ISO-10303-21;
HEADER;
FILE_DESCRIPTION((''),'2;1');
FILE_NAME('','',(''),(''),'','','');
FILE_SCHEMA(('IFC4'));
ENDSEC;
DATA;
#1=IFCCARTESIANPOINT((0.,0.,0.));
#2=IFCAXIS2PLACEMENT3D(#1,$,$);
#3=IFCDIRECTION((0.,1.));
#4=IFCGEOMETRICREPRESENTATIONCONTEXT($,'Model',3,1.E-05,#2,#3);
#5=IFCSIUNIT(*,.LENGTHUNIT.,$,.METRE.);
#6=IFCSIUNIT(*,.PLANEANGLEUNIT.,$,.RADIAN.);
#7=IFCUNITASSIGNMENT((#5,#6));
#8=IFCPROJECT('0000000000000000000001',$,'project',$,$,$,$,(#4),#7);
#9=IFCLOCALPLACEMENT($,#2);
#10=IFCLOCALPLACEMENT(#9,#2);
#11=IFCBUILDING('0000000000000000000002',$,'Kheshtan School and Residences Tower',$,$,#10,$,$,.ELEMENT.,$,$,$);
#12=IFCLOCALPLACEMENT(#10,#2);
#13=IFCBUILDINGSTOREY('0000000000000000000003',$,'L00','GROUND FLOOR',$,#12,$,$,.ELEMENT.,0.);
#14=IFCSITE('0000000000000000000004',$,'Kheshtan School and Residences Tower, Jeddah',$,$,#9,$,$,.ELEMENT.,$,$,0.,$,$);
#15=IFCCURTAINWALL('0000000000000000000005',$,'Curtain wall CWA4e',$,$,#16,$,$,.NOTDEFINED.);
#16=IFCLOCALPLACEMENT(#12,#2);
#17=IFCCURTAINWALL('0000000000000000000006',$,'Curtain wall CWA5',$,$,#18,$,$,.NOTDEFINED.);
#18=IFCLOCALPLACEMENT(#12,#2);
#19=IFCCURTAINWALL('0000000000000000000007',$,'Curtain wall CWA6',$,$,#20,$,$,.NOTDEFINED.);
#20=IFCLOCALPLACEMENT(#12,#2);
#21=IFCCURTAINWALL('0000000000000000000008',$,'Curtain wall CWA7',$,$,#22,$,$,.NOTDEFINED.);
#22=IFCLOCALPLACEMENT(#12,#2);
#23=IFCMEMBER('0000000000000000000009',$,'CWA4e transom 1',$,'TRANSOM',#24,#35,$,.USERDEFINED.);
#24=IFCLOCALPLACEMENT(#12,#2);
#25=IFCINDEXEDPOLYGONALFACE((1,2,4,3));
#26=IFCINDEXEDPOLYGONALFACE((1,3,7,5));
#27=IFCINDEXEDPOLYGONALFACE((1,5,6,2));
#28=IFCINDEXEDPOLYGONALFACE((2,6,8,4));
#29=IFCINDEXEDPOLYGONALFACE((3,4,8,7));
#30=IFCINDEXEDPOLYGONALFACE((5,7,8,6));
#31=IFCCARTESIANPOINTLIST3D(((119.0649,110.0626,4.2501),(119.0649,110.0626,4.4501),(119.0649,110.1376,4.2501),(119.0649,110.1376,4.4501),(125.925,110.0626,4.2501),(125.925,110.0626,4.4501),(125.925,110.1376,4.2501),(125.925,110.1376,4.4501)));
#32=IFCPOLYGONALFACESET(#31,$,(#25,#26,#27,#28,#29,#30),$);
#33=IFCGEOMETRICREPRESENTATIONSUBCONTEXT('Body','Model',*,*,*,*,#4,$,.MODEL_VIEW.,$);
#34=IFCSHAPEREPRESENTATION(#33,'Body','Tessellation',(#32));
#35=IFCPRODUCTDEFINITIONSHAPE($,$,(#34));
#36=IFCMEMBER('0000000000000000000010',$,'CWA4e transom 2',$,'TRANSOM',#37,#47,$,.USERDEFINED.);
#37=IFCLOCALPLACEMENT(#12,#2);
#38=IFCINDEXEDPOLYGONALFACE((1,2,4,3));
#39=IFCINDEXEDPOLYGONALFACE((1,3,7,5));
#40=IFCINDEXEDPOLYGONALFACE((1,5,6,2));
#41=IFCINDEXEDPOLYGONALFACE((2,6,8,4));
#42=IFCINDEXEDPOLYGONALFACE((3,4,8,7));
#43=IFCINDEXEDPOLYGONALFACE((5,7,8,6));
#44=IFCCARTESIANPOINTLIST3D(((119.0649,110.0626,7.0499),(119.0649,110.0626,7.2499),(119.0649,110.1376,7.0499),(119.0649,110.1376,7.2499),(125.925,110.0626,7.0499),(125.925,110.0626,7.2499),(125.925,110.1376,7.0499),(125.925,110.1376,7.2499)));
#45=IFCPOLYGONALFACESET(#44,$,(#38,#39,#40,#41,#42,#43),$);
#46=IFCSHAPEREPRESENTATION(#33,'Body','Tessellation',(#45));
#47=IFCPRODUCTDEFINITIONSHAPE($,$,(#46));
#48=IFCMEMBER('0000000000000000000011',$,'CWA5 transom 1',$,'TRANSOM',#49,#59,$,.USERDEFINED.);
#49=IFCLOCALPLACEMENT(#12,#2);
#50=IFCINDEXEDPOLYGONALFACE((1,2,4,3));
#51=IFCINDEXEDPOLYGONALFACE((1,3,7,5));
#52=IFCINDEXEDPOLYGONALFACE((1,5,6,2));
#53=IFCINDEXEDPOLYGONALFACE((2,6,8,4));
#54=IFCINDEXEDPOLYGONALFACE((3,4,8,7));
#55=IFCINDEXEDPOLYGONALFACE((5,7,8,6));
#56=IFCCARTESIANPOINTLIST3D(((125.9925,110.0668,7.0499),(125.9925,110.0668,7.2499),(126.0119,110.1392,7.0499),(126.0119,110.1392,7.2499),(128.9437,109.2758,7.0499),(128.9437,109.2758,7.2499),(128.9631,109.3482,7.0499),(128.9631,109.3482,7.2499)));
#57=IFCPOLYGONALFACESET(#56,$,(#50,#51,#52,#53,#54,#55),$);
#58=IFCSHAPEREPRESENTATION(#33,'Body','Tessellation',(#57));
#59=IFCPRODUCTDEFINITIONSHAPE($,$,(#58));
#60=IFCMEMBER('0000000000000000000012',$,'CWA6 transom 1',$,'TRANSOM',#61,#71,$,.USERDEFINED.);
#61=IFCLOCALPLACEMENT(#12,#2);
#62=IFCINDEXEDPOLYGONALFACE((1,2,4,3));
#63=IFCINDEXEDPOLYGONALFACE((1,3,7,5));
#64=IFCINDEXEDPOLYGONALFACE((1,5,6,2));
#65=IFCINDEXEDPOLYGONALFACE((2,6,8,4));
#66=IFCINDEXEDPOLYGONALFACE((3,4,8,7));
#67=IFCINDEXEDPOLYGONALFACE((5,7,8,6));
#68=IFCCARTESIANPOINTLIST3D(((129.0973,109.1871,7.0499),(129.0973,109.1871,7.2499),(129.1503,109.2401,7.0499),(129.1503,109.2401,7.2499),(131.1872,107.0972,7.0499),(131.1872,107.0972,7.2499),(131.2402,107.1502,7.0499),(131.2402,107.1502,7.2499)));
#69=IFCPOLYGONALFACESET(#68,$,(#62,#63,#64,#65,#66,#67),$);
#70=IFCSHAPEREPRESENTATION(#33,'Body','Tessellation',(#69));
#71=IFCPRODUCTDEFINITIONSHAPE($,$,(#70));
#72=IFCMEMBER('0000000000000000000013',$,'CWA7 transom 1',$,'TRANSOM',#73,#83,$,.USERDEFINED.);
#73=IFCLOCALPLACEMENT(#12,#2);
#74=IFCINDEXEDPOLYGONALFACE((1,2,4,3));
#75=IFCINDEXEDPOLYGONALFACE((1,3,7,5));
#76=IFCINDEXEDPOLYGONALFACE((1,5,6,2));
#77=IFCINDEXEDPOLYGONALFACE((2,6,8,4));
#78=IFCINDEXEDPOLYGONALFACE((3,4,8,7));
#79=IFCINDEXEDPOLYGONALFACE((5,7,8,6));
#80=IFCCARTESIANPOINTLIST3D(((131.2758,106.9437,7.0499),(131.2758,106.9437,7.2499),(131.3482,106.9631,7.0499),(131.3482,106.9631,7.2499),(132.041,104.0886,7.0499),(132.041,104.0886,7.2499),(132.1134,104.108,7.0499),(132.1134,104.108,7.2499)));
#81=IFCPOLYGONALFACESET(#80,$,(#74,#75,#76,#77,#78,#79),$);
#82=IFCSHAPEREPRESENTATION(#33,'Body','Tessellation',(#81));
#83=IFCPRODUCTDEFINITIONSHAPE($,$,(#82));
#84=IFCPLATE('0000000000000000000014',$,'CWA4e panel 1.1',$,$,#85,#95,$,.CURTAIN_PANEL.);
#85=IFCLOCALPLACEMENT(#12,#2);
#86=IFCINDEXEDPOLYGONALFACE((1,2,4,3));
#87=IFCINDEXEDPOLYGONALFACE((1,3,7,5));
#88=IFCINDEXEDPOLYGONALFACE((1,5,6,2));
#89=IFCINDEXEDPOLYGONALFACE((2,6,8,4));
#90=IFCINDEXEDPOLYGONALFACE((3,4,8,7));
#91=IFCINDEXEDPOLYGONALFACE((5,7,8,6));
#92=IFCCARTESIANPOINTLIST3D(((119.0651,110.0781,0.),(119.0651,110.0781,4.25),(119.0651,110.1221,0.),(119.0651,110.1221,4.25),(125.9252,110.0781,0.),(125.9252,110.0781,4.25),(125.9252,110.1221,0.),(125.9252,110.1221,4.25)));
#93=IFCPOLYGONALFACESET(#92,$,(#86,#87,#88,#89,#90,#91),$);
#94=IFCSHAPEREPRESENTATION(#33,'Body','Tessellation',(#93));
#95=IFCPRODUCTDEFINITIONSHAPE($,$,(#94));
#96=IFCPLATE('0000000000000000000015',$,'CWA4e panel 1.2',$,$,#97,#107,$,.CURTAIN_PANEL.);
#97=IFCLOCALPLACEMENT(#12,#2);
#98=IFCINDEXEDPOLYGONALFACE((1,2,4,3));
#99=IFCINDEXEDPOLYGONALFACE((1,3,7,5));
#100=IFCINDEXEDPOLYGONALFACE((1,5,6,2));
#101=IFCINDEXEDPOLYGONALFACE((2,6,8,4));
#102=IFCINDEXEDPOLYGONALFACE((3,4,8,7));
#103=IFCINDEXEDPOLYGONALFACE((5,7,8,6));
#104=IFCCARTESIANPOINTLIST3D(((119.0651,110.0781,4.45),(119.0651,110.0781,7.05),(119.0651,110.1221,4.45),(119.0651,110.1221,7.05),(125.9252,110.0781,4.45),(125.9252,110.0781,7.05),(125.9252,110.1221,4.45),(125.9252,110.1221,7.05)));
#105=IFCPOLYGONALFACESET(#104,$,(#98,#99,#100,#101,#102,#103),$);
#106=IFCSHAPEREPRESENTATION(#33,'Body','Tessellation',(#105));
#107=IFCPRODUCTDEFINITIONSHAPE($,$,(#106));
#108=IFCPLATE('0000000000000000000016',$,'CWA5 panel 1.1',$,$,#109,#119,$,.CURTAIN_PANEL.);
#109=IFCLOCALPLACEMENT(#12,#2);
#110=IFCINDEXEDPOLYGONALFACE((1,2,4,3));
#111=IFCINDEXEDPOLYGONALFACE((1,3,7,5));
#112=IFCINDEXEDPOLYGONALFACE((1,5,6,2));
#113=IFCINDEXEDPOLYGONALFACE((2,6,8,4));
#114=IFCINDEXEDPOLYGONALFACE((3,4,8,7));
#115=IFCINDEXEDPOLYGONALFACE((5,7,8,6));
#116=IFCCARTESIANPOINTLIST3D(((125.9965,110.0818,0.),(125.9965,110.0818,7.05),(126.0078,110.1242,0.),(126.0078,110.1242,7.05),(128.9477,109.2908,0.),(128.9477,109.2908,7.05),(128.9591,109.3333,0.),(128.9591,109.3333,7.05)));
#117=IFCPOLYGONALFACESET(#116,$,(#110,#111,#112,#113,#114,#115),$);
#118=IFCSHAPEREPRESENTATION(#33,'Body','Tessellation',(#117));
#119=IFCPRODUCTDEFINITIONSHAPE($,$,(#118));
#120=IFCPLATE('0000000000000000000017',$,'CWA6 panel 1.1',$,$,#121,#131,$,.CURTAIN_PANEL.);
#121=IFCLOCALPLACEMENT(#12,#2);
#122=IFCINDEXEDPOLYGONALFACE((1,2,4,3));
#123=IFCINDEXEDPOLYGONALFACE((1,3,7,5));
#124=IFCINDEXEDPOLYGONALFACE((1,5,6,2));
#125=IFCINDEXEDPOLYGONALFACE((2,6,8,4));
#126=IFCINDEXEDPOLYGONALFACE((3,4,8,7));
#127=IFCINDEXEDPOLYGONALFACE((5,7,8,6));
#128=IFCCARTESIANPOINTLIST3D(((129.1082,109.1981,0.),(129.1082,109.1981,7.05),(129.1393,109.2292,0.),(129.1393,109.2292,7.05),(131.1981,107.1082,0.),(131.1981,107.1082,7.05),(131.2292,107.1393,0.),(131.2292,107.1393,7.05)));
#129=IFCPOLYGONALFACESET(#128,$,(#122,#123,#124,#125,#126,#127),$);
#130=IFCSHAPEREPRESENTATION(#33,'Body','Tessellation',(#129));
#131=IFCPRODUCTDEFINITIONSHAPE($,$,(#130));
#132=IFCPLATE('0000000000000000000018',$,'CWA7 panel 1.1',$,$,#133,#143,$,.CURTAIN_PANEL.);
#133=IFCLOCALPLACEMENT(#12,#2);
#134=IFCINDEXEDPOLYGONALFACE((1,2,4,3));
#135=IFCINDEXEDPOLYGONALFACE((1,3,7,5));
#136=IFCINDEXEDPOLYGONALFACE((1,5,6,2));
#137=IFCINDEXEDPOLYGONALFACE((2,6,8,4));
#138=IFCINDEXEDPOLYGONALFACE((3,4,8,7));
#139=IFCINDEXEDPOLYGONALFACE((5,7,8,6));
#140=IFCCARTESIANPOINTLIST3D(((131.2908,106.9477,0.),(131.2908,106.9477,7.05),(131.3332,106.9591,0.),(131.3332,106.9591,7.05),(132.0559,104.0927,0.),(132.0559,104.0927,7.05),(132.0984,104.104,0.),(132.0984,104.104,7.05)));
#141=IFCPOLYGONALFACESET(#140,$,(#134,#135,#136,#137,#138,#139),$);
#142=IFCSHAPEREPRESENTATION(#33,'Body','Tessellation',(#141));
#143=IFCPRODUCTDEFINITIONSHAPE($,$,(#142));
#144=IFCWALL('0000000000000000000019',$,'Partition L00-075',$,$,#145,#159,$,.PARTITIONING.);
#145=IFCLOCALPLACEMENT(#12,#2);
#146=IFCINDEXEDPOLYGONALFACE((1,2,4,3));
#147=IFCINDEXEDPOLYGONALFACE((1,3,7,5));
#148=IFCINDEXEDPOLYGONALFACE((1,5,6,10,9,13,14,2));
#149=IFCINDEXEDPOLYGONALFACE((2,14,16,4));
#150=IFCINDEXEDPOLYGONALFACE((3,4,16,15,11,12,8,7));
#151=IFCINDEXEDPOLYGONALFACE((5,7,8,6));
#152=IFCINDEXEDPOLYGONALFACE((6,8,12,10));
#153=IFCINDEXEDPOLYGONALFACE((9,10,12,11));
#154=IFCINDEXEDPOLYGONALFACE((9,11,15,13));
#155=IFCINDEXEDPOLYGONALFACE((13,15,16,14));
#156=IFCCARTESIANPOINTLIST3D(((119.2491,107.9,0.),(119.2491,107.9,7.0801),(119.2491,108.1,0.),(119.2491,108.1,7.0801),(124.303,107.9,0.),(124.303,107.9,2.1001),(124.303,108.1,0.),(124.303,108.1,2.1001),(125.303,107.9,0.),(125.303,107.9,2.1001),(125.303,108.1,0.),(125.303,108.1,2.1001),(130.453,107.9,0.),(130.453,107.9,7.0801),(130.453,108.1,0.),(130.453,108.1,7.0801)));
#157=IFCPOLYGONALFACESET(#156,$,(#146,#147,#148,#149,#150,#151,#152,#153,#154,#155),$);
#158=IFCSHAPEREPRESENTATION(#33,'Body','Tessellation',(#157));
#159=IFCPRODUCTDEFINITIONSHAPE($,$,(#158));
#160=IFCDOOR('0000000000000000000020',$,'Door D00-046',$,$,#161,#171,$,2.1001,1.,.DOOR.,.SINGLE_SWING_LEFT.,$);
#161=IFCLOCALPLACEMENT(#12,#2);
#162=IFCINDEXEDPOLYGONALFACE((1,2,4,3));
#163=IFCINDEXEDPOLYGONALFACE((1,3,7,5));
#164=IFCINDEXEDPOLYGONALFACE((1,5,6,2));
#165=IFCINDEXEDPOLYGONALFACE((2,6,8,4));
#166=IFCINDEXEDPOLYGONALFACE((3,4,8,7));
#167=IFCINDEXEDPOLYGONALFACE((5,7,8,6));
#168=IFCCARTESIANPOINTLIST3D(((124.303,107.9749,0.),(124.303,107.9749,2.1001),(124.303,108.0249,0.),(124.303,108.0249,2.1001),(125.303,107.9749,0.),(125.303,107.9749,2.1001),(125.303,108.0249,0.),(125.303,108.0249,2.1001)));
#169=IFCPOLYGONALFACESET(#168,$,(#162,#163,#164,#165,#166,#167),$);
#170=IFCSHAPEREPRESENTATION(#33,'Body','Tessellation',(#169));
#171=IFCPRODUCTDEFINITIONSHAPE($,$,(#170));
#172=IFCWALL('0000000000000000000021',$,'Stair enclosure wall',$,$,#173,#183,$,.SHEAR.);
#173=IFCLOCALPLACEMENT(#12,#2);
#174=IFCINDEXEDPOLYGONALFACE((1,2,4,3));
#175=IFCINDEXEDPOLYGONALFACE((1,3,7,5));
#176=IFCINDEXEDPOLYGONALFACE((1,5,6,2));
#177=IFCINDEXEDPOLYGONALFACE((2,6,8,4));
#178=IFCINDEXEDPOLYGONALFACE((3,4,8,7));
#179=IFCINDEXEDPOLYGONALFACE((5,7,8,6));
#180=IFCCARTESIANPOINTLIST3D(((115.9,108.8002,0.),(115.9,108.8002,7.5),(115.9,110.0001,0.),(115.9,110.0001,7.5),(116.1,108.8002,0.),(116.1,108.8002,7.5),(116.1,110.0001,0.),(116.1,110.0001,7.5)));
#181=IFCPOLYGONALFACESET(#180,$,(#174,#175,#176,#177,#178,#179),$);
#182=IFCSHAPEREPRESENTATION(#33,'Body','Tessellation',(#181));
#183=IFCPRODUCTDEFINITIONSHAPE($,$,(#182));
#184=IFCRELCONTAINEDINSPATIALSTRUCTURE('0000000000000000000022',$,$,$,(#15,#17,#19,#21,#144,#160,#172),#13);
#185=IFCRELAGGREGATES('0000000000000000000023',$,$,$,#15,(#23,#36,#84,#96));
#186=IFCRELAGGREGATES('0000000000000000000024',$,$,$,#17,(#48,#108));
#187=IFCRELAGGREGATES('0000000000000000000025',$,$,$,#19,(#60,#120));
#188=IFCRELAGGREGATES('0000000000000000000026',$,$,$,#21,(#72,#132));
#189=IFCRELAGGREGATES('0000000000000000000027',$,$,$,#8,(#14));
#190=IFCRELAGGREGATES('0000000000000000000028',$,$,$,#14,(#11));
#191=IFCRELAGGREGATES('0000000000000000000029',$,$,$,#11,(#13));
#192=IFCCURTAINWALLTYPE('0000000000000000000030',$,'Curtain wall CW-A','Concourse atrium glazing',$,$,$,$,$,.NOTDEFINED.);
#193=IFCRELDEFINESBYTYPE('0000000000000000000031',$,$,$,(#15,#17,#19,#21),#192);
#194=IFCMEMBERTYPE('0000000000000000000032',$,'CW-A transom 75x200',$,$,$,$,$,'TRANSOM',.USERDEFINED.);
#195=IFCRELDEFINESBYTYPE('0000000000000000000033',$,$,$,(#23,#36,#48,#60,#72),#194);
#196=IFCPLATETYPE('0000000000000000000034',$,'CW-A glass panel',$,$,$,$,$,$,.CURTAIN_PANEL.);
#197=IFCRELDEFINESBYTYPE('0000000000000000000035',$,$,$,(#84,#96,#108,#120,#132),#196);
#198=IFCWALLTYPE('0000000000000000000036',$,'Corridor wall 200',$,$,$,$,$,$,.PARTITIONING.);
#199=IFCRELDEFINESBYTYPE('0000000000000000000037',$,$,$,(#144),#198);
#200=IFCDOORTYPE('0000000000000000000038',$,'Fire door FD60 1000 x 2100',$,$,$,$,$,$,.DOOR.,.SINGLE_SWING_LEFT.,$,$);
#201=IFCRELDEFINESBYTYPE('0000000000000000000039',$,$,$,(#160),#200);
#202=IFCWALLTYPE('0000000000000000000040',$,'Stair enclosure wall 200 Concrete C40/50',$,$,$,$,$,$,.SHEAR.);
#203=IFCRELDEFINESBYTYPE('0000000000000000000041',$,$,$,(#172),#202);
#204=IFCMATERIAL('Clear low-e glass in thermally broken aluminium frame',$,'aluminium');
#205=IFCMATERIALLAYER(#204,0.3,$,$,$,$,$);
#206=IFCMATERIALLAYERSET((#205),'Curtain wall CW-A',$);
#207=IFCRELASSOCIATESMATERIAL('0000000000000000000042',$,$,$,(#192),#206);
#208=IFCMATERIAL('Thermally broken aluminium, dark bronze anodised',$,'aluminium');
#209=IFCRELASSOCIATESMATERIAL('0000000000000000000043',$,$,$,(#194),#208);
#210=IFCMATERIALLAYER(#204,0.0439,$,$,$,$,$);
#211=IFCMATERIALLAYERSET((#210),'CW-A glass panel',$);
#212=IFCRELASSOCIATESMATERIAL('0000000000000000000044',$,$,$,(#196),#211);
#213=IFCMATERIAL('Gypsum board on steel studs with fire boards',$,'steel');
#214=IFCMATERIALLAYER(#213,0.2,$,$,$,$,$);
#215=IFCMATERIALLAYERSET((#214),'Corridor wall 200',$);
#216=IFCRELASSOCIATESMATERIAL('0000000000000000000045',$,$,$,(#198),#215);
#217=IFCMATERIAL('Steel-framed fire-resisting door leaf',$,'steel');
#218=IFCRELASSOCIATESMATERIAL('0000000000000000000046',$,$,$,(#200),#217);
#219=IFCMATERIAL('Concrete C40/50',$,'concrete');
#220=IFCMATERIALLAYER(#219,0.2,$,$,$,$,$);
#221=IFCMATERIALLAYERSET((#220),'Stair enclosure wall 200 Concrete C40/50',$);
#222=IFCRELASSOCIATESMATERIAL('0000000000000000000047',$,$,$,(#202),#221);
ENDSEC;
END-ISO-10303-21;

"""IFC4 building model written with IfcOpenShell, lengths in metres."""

from ifc_helpers import new_model, si_unit, direction, frame, frame_2d, origin, origin_2d, place, context, subcontext, project, spatial, rectangle, extrude, source, transform, mapped, material, layer, layer_set, material_profile, profile_set, type_object, element, fill, aggregate, save


model = new_model("IFC4")

# Units and contexts
model_context = context("Model", 3, precision=1e-05, world=origin(), true_north=direction((0.0, 1.0)))
body_context = subcontext(model_context, "Body", "Model", "MODEL_VIEW")
ifc_project = project(units=[si_unit("LENGTHUNIT", "METRE"), si_unit("PLANEANGLEUNIT", "RADIAN")], contexts=[model_context])

# Site, building, storey
site_placement = place(None, origin())
site = spatial("IfcSite", under=ifc_project, at=site_placement, Name="Kheshtan School and Residences Tower, Jeddah", CompositionType="ELEMENT", RefElevation=0.0)
building_placement = place(site_placement, origin())
building = spatial("IfcBuilding", under=site, at=building_placement, Name="Kheshtan School and Residences Tower", CompositionType="ELEMENT")
storey_placement = place(building_placement, origin())
storey = spatial("IfcBuildingStorey", under=building, at=storey_placement, Name="L00", Description="GROUND FLOOR", CompositionType="ELEMENT", Elevation=0.0)

# Curtain wall
ifc_material_1 = material(Name="Clear low-e glass in thermally broken aluminium frame", Category="aluminium")
ifc_layer_1 = layer(ifc_material_1, 0.3)
ifc_layer_set_1 = layer_set([ifc_layer_1], Name="Curtain wall CW-A")
curtain_wall_type = type_object("IfcCurtainWallType", Name="Curtain wall CW-A", Description="Concourse atrium glazing", PredefinedType="NOTDEFINED", material=ifc_layer_set_1)
curtain_wall_1_placement = place(storey_placement, origin())
curtain_wall_1 = element("IfcCurtainWall", 1, at=curtain_wall_1_placement, inside=storey, type_object=curtain_wall_type, Name="Curtain wall CWA4e", PredefinedType="NOTDEFINED")
ifc_material_2 = material(Name="Thermally broken aluminium, dark bronze anodised", Category="aluminium")

# Curtain wall
curtain_wall_2_placement = place(storey_placement, origin())
curtain_wall_2 = element("IfcCurtainWall", 2, at=curtain_wall_2_placement, inside=storey, type_object=curtain_wall_type, Name="Curtain wall CWA5", PredefinedType="NOTDEFINED")

# Curtain walls
curtain_wall_3_placement = place(storey_placement, origin())
curtain_wall_3 = element("IfcCurtainWall", 3, at=curtain_wall_3_placement, inside=storey, type_object=curtain_wall_type, Name="Curtain wall CWA6", PredefinedType="NOTDEFINED")
curtain_wall_4_placement = place(storey_placement, origin())
curtain_wall_4 = element("IfcCurtainWall", 4, at=curtain_wall_4_placement, inside=storey, type_object=curtain_wall_type, Name="Curtain wall CWA7", PredefinedType="NOTDEFINED")

# Members
ifc_material_profile_1 = material_profile(ifc_material_2, rectangle(XDim=0.075, YDim=0.2, at=origin_2d()), Name="CW-A transom 75x200")
ifc_profile_set_1 = profile_set([ifc_material_profile_1], Name="Thermally broken aluminium, dark bronze anodised")
member_type_1 = type_object("IfcMemberType", Name="CW-A transom 75x200", ElementType="TRANSOM", PredefinedType="USERDEFINED", material=ifc_profile_set_1)
member_1_placement = place(storey_placement, frame((119.0649, 110.1001, 4.3501), z_axis=(1.0, 0.0, 0.0), x_axis=(0.0, 1.0, 0.0)))
member_1 = element("IfcMember", 5, at=member_1_placement, type_object=member_type_1, Name="CWA4e transom 1", ObjectType="TRANSOM", PredefinedType="USERDEFINED", context=body_context, shape_type="SweptSolid", body=[
    extrude(rectangle(XDim=0.075, YDim=0.2, at=origin_2d()), origin(), (0.0, 0.0, 1.0), 6.8601),
])
member_2_placement = place(storey_placement, frame((119.0649, 110.1001, 7.1499), z_axis=(1.0, 0.0, 0.0), x_axis=(0.0, 1.0, 0.0)))
member_2 = element("IfcMember", 6, at=member_2_placement, type_object=member_type_1, Name="CWA4e transom 2", ObjectType="TRANSOM", PredefinedType="USERDEFINED", context=body_context, shape_type="SweptSolid", body=[
    extrude(rectangle(XDim=0.075, YDim=0.2, at=origin_2d()), origin(), (0.0, 0.0, 1.0), 6.8601),
])
member_3_placement = place(storey_placement, frame((126.0022, 110.103, 7.1499), z_axis=(0.965905, -0.258896, 0.0), x_axis=(0.258896, 0.965905, 0.0)))
member_3 = element("IfcMember", 7, at=member_3_placement, type_object=member_type_1, Name="CWA5 transom 1", ObjectType="TRANSOM", PredefinedType="USERDEFINED", context=body_context, shape_type="SweptSolid", body=[
    extrude(rectangle(XDim=0.075, YDim=0.2, at=origin_2d()), origin(), (0.0, 0.0, 1.0), 3.0554),
])
member_4_placement = place(storey_placement, frame((129.1238, 109.2136, 7.1499), z_axis=(0.707107, -0.707107, 0.0), x_axis=(0.707107, 0.707107, 0.0)))
member_4 = element("IfcMember", 8, at=member_4_placement, type_object=member_type_1, Name="CWA6 transom 1", ObjectType="TRANSOM", PredefinedType="USERDEFINED", context=body_context, shape_type="SweptSolid", body=[
    extrude(rectangle(XDim=0.075, YDim=0.2, at=origin_2d()), origin(), (0.0, 0.0, 1.0), 2.9556),
])
member_5_placement = place(storey_placement, frame((131.312, 106.9534, 7.1499), z_axis=(0.258865, -0.965913, 0.0), x_axis=(0.965913, 0.258865, 0.0)))
member_5 = element("IfcMember", 9, at=member_5_placement, type_object=member_type_1, Name="CWA7 transom 1", ObjectType="TRANSOM", PredefinedType="USERDEFINED", context=body_context, shape_type="SweptSolid", body=[
    extrude(rectangle(XDim=0.075, YDim=0.2, at=origin_2d()), origin(), (0.0, 0.0, 1.0), 2.9558),
])

# Plates
ifc_layer_2 = layer(ifc_material_1, 0.0439)
ifc_layer_set_2 = layer_set([ifc_layer_2], Name="CW-A glass panel")
plate_type = type_object("IfcPlateType", Name="CW-A glass panel", PredefinedType="CURTAIN_PANEL", material=ifc_layer_set_2)
plate_1_placement = place(storey_placement, frame((122.4951, 110.1001, 0.0), z_axis=(0.0, 0.0, 1.0), x_axis=(1.0, 0.0, 0.0)))
plate_1 = element("IfcPlate", 10, at=plate_1_placement, type_object=plate_type, Name="CWA4e panel 1.1", PredefinedType="CURTAIN_PANEL", context=body_context, shape_type="SweptSolid", body=[
    extrude(rectangle(XDim=6.8601, YDim=0.0439, at=origin_2d()), origin(), (0.0, 0.0, 1.0), 4.25),
])
plate_2_placement = place(storey_placement, frame((122.4951, 110.1001, 4.45), z_axis=(0.0, 0.0, 1.0), x_axis=(1.0, 0.0, 0.0)))
plate_2 = element("IfcPlate", 11, at=plate_2_placement, type_object=plate_type, Name="CWA4e panel 1.2", PredefinedType="CURTAIN_PANEL", context=body_context, shape_type="SweptSolid", body=[
    extrude(rectangle(XDim=6.8601, YDim=0.0439, at=origin_2d()), origin(), (0.0, 0.0, 1.0), 2.6001),
])
aggregate(curtain_wall_1, [member_1, member_2, plate_1, plate_2])
plate_3_placement = place(storey_placement, frame((127.4778, 109.7075, 0.0), z_axis=(0.0, 0.0, 1.0), x_axis=(0.965914, -0.258865, 0.0)))
plate_3 = element("IfcPlate", 12, at=plate_3_placement, type_object=plate_type, Name="CWA5 panel 1.1", PredefinedType="CURTAIN_PANEL", context=body_context, shape_type="SweptSolid", body=[
    extrude(rectangle(XDim=3.0554, YDim=0.0439, at=origin_2d()), origin(), (0.0, 0.0, 1.0), 7.05),
])
aggregate(curtain_wall_2, [member_3, plate_3])
plate_4_placement = place(storey_placement, frame((130.1687, 108.1687, 0.0), z_axis=(0.0, 0.0, 1.0), x_axis=(0.707107, -0.707107, 0.0)))
plate_4 = element("IfcPlate", 13, at=plate_4_placement, type_object=plate_type, Name="CWA6 panel 1.1", PredefinedType="CURTAIN_PANEL", context=body_context, shape_type="SweptSolid", body=[
    extrude(rectangle(XDim=2.9556, YDim=0.0439, at=origin_2d()), origin(), (0.0, 0.0, 1.0), 7.05),
])
aggregate(curtain_wall_3, [member_4, plate_4])
plate_5_placement = place(storey_placement, frame((131.6946, 105.5259, 0.0), z_axis=(0.0, 0.0, 1.0), x_axis=(0.258865, -0.965914, 0.0)))
plate_5 = element("IfcPlate", 14, at=plate_5_placement, type_object=plate_type, Name="CWA7 panel 1.1", PredefinedType="CURTAIN_PANEL", context=body_context, shape_type="SweptSolid", body=[
    extrude(rectangle(XDim=2.9558, YDim=0.0439, at=origin_2d()), origin(), (0.0, 0.0, 1.0), 7.05),
])
aggregate(curtain_wall_4, [member_5, plate_5])

# Wall, opening, door
ifc_material_3 = material(Name="Gypsum board on steel studs with fire boards", Category="steel")
ifc_layer_3 = layer(ifc_material_3, 0.2)
ifc_layer_set_3 = layer_set([ifc_layer_3], Name="Corridor wall 200")
wall_type_1 = type_object("IfcWallType", Name="Corridor wall 200", PredefinedType="PARTITIONING", material=ifc_layer_set_3)
wall_1_placement = place(storey_placement, frame((119.249, 108.0, 0.0), z_axis=(0.0, 0.0, 1.0), x_axis=(1.0, 0.0, 0.0)))
wall_1 = element("IfcWall", 15, at=wall_1_placement, inside=storey, type_object=wall_type_1, Name="Partition L00-075", PredefinedType="PARTITIONING", context=body_context, shape_type="SweptSolid", body=[
    extrude(rectangle(XDim=11.2039, YDim=0.2, at=frame_2d((5.6021, 0.0))), origin(), (0.0, 0.0, 1.0), 7.0801),
])
opening_placement = place(wall_1_placement, frame((5.054, 0.0, 0.0)))
opening = element("IfcOpeningElement", 16, at=opening_placement, cuts=wall_1, PredefinedType="OPENING", context=body_context, shape_type="SweptSolid", body=[
    extrude(rectangle(XDim=1.0, YDim=2.1001, at=frame_2d((0.5, 1.05))), frame((0.0, 0.1099, 0.0), z_axis=(0.0, -1.0, 0.0), x_axis=(1.0, 0.0, 0.0)), (0.0, 0.0, 1.0), 0.22),
])
ifc_material_4 = material(Name="Steel-framed fire-resisting door leaf", Category="steel")
door_type = type_object("IfcDoorType", Name="Fire door FD60 1000 x 2100", OperationType="SINGLE_SWING_LEFT", PredefinedType="DOOR", material=ifc_material_4)
shared_shape = source(origin(), body_context, "Body", "SweptSolid", [
    extrude(rectangle(XDim=1.0, YDim=2.1001, at=frame_2d((0.5, 1.05))), frame((0.0, 0.0249, 0.0), z_axis=(0.0, -1.0, 0.0), x_axis=(1.0, 0.0, 0.0)), (0.0, 0.0, 1.0), 0.05),
])
door_placement = place(opening_placement, origin())
door = element("IfcDoor", 17, at=door_placement, inside=storey, type_object=door_type, Name="Door D00-046", OperationType="SINGLE_SWING_LEFT", OverallHeight=2.1001, OverallWidth=1.0, PredefinedType="DOOR", context=body_context, shape_type="MappedRepresentation", body=[
    mapped(shared_shape, transform((0.0, 0.0, 0.0), x_axis=(1.0, 0.0, 0.0), y_axis=(0.0, 1.0, 0.0), z_axis=(0.0, 0.0, 1.0), scale=1.0)),
])
fill(opening, door)

# Wall
ifc_material_5 = material(Name="Concrete C40/50", Category="concrete")
ifc_layer_4 = layer(ifc_material_5, 0.2)
ifc_layer_set_4 = layer_set([ifc_layer_4], Name="Stair enclosure wall 200 Concrete C40/50")
wall_type_2 = type_object("IfcWallType", Name="Stair enclosure wall 200 Concrete C40/50", PredefinedType="SHEAR", material=ifc_layer_set_4)
wall_2_placement = place(storey_placement, frame((116.0, 108.8, 0.0), z_axis=(0.0, 0.0, 1.0), x_axis=(0.0, 1.0, 0.0)))
element("IfcWall", 18, at=wall_2_placement, inside=storey, type_object=wall_type_2, Name="Stair enclosure wall", PredefinedType="SHEAR", context=body_context, shape_type="SweptSolid", body=[
    extrude(rectangle(XDim=1.2, YDim=0.2, at=frame_2d((0.6001, 0.0))), origin(), (0.0, 0.0, 1.0), 7.5),
])

save(model, "model.ifc")
